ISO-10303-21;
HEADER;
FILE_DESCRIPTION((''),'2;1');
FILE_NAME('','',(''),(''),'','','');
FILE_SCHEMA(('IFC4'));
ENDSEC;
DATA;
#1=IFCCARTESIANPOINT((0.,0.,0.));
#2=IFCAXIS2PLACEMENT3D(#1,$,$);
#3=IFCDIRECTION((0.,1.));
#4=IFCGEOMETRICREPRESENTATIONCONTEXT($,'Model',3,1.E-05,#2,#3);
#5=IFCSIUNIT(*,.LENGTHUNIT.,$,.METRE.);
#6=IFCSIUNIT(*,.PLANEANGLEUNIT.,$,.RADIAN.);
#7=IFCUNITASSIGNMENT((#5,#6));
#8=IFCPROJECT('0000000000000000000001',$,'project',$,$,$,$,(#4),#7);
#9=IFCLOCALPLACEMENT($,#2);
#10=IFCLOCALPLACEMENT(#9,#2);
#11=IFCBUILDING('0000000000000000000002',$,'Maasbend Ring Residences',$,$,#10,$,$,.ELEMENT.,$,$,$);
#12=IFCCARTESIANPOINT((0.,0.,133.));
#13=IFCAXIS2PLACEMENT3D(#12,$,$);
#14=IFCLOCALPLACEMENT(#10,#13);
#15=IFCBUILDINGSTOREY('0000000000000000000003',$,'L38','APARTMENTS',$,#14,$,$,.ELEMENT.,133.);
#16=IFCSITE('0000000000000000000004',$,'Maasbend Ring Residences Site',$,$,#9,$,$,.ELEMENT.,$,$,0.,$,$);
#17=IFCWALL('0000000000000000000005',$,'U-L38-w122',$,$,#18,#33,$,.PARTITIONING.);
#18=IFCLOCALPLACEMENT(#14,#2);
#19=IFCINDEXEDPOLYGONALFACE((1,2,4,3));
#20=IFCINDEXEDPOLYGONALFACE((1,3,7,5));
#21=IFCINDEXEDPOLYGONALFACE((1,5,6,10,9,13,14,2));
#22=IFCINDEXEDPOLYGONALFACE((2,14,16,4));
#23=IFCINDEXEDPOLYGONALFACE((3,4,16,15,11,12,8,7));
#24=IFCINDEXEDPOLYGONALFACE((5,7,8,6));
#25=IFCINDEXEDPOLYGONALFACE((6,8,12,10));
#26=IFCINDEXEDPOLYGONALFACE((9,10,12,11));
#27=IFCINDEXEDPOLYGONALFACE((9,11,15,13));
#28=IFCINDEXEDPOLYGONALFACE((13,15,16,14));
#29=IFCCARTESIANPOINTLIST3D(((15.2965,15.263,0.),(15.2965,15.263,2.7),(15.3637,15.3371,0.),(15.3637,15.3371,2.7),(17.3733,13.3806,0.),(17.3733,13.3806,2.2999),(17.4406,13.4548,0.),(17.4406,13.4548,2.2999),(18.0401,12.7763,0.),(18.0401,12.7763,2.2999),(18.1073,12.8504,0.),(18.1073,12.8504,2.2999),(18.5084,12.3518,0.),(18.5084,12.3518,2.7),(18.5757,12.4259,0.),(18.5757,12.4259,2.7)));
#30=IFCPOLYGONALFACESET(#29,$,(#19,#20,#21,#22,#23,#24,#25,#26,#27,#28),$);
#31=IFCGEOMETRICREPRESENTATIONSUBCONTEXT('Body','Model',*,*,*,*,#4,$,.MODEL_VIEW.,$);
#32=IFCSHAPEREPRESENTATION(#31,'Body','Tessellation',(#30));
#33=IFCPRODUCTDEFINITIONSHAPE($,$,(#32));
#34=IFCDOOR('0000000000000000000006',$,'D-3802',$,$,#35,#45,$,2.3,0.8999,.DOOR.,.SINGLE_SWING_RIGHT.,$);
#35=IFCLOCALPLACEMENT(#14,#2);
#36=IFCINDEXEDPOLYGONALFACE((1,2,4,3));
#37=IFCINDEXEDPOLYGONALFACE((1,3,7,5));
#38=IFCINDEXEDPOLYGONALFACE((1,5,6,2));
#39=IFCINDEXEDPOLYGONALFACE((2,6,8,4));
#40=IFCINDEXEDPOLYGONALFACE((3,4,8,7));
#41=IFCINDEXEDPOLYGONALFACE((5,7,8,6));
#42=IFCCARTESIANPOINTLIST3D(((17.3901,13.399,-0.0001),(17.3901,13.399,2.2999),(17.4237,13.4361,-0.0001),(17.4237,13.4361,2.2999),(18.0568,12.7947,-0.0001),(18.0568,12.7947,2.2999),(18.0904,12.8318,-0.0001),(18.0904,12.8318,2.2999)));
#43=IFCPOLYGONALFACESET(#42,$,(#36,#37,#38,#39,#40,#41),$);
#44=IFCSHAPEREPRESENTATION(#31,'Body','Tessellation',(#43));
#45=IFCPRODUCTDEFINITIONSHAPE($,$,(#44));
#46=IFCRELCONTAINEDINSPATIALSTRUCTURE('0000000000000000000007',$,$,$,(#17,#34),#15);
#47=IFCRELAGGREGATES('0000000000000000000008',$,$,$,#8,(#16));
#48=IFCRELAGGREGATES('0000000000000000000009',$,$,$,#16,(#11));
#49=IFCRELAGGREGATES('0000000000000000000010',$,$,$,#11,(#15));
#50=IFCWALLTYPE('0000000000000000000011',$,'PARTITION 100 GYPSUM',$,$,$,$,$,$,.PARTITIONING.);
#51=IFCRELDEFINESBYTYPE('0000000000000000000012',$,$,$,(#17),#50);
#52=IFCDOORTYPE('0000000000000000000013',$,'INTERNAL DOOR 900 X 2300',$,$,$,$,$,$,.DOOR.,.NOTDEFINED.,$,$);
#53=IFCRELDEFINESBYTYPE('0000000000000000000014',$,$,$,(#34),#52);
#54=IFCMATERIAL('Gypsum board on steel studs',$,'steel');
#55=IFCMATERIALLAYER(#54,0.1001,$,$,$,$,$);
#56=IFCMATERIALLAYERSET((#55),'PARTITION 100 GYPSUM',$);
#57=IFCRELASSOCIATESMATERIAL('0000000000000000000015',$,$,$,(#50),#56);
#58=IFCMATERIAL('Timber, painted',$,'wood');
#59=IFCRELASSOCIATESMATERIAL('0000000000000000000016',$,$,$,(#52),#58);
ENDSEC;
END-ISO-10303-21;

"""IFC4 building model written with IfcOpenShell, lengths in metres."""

from ifc_helpers import new_model, si_unit, direction, frame, frame_2d, origin, place, context, subcontext, project, spatial, rectangle, extrude, material, layer, layer_set, type_object, element, fill, save


model = new_model("IFC4")

# Units and contexts
model_context = context("Model", 3, precision=1e-05, world=origin(), true_north=direction((0.0, 1.0)))
body_context = subcontext(model_context, "Body", "Model", "MODEL_VIEW")
ifc_project = project(units=[si_unit("LENGTHUNIT", "METRE"), si_unit("PLANEANGLEUNIT", "RADIAN")], contexts=[model_context])

# Site, building, storey
site_placement = place(None, origin())
site = spatial("IfcSite", under=ifc_project, at=site_placement, Name="Maasbend Ring Residences Site", CompositionType="ELEMENT", RefElevation=0.0)
building_placement = place(site_placement, origin())
building = spatial("IfcBuilding", under=site, at=building_placement, Name="Maasbend Ring Residences", CompositionType="ELEMENT")
storey_placement = place(building_placement, frame((0.0, 0.0, 133.0)))
storey = spatial("IfcBuildingStorey", under=building, at=storey_placement, Name="L38", Description="APARTMENTS", CompositionType="ELEMENT", Elevation=133.0)

# Shared definitions
ifc_material_1 = material(Name="Gypsum board on steel studs", Category="steel")
ifc_layer_1 = layer(ifc_material_1, 0.1001)
ifc_layer_set_1 = layer_set([ifc_layer_1], Name="PARTITION 100 GYPSUM")
wall_type_1 = type_object("IfcWallType", Name="PARTITION 100 GYPSUM", PredefinedType="PARTITIONING", material=ifc_layer_set_1)
ifc_material_2 = material(Name="Timber, painted", Category="wood")
door_type_1 = type_object("IfcDoorType", Name="INTERNAL DOOR 900 X 2300", OperationType="NOTDEFINED", PredefinedType="DOOR", material=ifc_material_2)

# Wall, opening, door
wall_1_placement = place(storey_placement, frame((15.3301, 15.3, 0.0), z_axis=(0.0, 0.0, 1.0), x_axis=(0.740948, -0.671562, 0.0)))
wall_1 = element("IfcWall", 1, at=wall_1_placement, inside=storey, type_object=wall_type_1, Name="U-L38-w122", PredefinedType="PARTITIONING", context=body_context, shape_type="SweptSolid", body=[
    extrude(rectangle(XDim=4.335, YDim=0.1001, at=frame_2d((2.1675, 0.0))), origin(), (0.0, 0.0, 1.0), 2.7),
])
opening_1_placement = place(wall_1_placement, frame((2.803, 0.0, 0.0)))
opening_1 = element("IfcOpeningElement", 2, at=opening_1_placement, cuts=wall_1, PredefinedType="OPENING", context=body_context, shape_type="SweptSolid", body=[
    extrude(rectangle(XDim=0.8999, YDim=2.3, at=frame_2d((0.45, 1.1499))), frame((0.0, 0.0601, 0.0), z_axis=(0.0, -1.0, 0.0), x_axis=(1.0, 0.0, 0.0)), (0.0, 0.0, 1.0), 0.1201),
])
door_1_placement = place(opening_1_placement, origin())
door_1 = element("IfcDoor", 3, at=door_1_placement, inside=storey, type_object=door_type_1, Name="D-3802", OperationType="SINGLE_SWING_RIGHT", OverallHeight=2.3, OverallWidth=0.8999, PredefinedType="DOOR", context=body_context, shape_type="SweptSolid", body=[
    extrude(rectangle(XDim=0.8999, YDim=2.3, at=frame_2d((0.45, 1.1499))), frame((0.0, 0.0249, 0.0), z_axis=(0.0, -1.0, 0.0), x_axis=(1.0, 0.0, 0.0)), (0.0, 0.0, 1.0), 0.05),
])
fill(opening_1, door_1)

save(model, "model.ifc")
